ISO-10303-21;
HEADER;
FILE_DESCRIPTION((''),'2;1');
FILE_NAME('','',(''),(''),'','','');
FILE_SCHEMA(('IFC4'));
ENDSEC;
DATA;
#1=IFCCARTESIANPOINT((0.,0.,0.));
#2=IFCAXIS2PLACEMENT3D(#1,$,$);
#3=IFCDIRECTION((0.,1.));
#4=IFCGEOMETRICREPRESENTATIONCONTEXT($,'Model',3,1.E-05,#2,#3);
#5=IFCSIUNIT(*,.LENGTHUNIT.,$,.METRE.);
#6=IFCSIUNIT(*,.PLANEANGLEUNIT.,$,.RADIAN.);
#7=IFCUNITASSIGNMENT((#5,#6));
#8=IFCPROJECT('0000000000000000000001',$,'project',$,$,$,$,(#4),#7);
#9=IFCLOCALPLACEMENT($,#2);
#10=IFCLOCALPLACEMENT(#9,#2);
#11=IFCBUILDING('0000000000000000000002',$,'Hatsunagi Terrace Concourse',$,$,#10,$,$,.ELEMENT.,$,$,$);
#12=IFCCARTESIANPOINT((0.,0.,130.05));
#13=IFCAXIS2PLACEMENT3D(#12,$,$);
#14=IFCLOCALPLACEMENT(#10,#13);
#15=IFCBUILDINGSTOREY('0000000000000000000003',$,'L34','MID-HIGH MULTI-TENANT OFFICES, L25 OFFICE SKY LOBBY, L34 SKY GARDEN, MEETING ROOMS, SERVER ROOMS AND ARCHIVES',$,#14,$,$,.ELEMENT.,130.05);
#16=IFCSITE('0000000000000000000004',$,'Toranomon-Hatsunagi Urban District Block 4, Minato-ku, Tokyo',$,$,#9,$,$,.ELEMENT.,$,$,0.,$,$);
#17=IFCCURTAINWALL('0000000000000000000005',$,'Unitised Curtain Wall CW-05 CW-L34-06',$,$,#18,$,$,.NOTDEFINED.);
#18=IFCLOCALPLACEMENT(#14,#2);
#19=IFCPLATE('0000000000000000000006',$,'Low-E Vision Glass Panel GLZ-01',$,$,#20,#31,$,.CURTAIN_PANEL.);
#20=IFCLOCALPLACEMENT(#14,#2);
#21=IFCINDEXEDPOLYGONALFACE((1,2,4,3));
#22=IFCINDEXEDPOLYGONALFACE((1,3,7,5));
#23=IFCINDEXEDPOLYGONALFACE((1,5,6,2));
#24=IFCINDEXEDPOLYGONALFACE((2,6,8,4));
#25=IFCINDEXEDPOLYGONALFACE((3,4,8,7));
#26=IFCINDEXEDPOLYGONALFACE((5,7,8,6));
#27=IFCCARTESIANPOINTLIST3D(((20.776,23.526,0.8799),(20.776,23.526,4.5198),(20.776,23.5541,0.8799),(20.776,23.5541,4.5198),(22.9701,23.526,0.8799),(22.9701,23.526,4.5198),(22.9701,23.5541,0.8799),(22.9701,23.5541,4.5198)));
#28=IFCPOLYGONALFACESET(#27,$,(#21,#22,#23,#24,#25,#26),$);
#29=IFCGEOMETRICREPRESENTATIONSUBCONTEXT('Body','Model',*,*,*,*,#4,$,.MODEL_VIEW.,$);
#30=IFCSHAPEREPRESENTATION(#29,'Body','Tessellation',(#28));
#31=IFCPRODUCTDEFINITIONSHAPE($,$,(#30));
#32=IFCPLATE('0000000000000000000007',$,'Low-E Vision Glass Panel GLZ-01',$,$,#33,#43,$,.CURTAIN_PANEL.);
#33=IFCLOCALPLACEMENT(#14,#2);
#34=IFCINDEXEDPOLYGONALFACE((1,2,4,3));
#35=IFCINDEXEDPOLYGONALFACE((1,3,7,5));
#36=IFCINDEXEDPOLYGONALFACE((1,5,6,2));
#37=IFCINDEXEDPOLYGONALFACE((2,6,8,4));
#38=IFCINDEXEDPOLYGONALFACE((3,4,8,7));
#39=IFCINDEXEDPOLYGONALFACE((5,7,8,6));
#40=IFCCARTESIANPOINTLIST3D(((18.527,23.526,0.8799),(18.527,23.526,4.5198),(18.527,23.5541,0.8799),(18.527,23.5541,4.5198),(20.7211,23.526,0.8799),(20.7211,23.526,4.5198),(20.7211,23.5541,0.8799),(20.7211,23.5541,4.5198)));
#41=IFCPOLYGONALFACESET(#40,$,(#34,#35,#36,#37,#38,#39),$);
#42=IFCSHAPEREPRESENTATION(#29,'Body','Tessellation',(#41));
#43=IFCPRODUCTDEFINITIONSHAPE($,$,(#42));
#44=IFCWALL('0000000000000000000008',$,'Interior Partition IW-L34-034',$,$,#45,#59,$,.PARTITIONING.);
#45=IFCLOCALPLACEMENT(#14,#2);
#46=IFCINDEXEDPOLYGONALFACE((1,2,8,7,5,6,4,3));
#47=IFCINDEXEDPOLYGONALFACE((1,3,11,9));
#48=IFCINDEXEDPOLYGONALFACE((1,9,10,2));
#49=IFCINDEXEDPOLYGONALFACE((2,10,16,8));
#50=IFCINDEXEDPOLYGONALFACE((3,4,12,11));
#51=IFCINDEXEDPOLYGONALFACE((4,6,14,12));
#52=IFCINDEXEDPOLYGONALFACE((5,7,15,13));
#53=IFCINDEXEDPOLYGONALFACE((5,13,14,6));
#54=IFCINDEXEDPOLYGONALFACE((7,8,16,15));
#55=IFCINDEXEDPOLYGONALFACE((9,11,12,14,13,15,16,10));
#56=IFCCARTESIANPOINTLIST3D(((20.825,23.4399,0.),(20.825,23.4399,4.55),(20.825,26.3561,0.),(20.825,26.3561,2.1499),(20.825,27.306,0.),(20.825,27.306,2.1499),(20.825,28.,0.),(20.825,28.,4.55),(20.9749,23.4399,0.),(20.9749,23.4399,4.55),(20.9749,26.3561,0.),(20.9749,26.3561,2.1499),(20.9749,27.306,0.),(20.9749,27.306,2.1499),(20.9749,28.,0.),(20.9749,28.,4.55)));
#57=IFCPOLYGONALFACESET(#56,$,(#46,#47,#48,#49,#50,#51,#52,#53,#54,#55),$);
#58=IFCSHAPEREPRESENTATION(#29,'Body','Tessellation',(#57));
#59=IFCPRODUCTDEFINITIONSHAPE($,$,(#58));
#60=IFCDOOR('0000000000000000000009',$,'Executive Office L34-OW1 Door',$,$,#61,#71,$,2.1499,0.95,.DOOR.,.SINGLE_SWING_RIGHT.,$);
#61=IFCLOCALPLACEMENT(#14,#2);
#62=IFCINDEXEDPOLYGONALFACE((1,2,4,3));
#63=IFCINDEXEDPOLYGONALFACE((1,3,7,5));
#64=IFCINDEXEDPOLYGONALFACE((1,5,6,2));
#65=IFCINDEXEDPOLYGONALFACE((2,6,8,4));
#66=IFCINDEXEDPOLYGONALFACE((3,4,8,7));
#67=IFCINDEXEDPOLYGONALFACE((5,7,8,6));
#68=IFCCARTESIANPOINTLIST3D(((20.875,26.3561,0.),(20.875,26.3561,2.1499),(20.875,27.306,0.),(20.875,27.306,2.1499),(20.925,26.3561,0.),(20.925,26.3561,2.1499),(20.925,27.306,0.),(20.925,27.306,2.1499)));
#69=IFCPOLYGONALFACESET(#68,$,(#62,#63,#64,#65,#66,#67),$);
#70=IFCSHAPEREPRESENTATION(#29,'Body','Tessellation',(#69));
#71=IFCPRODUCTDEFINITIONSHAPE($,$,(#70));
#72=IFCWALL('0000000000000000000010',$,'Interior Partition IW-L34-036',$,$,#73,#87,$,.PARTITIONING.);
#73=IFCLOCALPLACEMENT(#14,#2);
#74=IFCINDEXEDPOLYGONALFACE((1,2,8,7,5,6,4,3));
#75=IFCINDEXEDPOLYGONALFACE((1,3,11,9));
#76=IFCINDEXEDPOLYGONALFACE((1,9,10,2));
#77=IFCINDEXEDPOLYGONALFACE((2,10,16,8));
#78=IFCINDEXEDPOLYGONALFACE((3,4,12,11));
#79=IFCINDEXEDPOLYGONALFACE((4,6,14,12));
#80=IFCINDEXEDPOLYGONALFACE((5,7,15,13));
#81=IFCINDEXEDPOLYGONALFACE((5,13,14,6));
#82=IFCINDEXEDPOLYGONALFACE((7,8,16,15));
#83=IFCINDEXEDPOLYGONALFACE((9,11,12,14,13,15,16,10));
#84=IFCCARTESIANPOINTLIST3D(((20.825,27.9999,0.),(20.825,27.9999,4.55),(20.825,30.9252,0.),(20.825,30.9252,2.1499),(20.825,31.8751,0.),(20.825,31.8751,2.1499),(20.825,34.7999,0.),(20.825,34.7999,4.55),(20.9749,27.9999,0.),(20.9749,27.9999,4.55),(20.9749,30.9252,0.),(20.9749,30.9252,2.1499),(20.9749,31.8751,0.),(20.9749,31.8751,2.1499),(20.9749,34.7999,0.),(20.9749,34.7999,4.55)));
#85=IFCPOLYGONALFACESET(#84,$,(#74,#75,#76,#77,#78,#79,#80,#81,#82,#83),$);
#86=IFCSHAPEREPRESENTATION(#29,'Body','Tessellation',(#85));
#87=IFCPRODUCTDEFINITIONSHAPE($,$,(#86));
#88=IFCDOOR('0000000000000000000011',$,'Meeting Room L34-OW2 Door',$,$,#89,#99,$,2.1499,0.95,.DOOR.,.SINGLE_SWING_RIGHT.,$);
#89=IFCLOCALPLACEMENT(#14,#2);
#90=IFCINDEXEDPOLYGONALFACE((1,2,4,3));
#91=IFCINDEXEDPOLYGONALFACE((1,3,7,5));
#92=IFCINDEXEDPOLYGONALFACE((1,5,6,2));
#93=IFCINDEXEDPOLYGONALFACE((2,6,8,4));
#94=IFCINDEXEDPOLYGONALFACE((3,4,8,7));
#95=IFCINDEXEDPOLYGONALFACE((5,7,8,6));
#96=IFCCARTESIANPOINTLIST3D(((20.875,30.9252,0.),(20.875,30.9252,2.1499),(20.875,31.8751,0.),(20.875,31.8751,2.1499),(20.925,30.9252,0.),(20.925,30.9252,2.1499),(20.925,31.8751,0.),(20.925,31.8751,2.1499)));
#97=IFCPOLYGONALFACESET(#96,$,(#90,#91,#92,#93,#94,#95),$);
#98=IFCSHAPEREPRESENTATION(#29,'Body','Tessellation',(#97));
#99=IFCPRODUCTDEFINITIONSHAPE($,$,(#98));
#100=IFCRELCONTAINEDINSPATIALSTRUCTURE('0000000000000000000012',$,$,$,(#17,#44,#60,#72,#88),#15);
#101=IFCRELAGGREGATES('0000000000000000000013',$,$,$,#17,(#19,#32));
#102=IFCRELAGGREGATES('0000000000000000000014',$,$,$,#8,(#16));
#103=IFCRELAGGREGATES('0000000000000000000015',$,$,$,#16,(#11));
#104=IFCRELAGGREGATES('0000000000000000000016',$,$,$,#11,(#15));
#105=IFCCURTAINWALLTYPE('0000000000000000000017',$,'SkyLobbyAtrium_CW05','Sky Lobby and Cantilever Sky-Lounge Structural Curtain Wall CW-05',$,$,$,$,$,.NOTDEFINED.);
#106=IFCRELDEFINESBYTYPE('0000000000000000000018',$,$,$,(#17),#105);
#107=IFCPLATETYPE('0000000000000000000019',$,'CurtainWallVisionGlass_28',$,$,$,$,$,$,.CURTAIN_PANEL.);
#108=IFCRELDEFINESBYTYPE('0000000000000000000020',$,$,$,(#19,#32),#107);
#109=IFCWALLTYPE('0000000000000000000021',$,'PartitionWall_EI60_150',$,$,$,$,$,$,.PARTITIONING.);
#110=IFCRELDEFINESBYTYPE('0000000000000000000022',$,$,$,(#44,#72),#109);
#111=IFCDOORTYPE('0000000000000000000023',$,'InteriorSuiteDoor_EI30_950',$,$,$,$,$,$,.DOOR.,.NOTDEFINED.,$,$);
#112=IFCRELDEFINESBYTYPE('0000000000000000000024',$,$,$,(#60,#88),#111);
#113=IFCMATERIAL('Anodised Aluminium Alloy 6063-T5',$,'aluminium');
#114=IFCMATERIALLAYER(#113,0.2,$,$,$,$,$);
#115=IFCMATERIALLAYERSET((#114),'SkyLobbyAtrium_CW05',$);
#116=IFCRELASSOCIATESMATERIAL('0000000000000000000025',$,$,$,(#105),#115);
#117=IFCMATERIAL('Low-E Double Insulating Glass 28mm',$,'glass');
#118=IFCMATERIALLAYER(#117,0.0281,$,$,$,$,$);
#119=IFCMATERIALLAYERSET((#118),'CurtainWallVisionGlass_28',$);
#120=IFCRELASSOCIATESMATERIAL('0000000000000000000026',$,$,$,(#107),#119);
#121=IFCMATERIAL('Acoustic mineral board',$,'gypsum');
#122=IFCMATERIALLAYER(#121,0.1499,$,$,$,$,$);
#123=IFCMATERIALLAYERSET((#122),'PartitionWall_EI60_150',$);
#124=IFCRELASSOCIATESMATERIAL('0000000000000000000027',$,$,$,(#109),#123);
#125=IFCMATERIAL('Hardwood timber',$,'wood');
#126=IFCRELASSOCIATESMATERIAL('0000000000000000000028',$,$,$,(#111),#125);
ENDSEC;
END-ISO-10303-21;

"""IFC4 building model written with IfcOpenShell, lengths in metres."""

from ifc_helpers import new_model, si_unit, direction, frame, frame_2d, origin, origin_2d, place, context, subcontext, project, spatial, rectangle, extrude, material, layer, layer_set, type_object, element, fill, aggregate, save


model = new_model("IFC4")

# Units and contexts
model_context = context("Model", 3, precision=1e-05, world=origin(), true_north=direction((0.0, 1.0)))
body_context = subcontext(model_context, "Body", "Model", "MODEL_VIEW")
ifc_project = project(units=[si_unit("LENGTHUNIT", "METRE"), si_unit("PLANEANGLEUNIT", "RADIAN")], contexts=[model_context])

# Site, building, storey
site_placement = place(None, origin())
site = spatial("IfcSite", under=ifc_project, at=site_placement, Name="Toranomon-Hatsunagi Urban District Block 4, Minato-ku, Tokyo", CompositionType="ELEMENT", RefElevation=0.0)
building_placement = place(site_placement, origin())
building = spatial("IfcBuilding", under=site, at=building_placement, Name="Hatsunagi Terrace Concourse", CompositionType="ELEMENT")
storey_placement = place(building_placement, frame((0.0, 0.0, 130.05)))
storey = spatial("IfcBuildingStorey", under=building, at=storey_placement, Name="L34", Description="MID-HIGH MULTI-TENANT OFFICES, L25 OFFICE SKY LOBBY, L34 SKY GARDEN, MEETING ROOMS, SERVER ROOMS AND ARCHIVES", CompositionType="ELEMENT", Elevation=130.05)

# Shared definitions
ifc_material_1 = material(Name="Anodised Aluminium Alloy 6063-T5", Category="aluminium")
ifc_layer_1 = layer(ifc_material_1, 0.2)
ifc_layer_set_1 = layer_set([ifc_layer_1], Name="SkyLobbyAtrium_CW05")
curtain_wall_type = type_object("IfcCurtainWallType", Name="SkyLobbyAtrium_CW05", Description="Sky Lobby and Cantilever Sky-Lounge Structural Curtain Wall CW-05", PredefinedType="NOTDEFINED", material=ifc_layer_set_1)

# Curtain wall
curtain_wall_1_placement = place(storey_placement, origin())
curtain_wall_1 = element("IfcCurtainWall", 1, at=curtain_wall_1_placement, inside=storey, type_object=curtain_wall_type, Name="Unitised Curtain Wall CW-05 CW-L34-06", PredefinedType="NOTDEFINED")

# Plates
ifc_material_2 = material(Name="Low-E Double Insulating Glass 28mm", Category="glass")
ifc_layer_2 = layer(ifc_material_2, 0.0281)
ifc_layer_set_2 = layer_set([ifc_layer_2], Name="CurtainWallVisionGlass_28")
plate_type_1 = type_object("IfcPlateType", Name="CurtainWallVisionGlass_28", PredefinedType="CURTAIN_PANEL", material=ifc_layer_set_2)
plate_1_placement = place(storey_placement, frame((21.873, 23.54, 0.8799), z_axis=(0.0, 0.0, 1.0), x_axis=(-1.0, 0.0, 0.0)))
plate_1 = element("IfcPlate", 2, at=plate_1_placement, type_object=plate_type_1, Name="Low-E Vision Glass Panel GLZ-01", PredefinedType="CURTAIN_PANEL", context=body_context, shape_type="SweptSolid", body=[
    extrude(rectangle(XDim=2.1941, YDim=0.0281, at=origin_2d()), origin(), (0.0, 0.0, 1.0), 3.6399),
])
plate_2_placement = place(storey_placement, frame((19.624, 23.54, 0.8799), z_axis=(0.0, 0.0, 1.0), x_axis=(-1.0, 0.0, 0.0)))
plate_2 = element("IfcPlate", 3, at=plate_2_placement, type_object=plate_type_1, Name="Low-E Vision Glass Panel GLZ-01", PredefinedType="CURTAIN_PANEL", context=body_context, shape_type="SweptSolid", body=[
    extrude(rectangle(XDim=2.1941, YDim=0.0281, at=origin_2d()), origin(), (0.0, 0.0, 1.0), 3.6399),
])
aggregate(curtain_wall_1, [plate_1, plate_2])

# Walls, openings, doors
ifc_material_3 = material(Name="Acoustic mineral board", Category="gypsum")
ifc_layer_3 = layer(ifc_material_3, 0.1499)
ifc_layer_set_3 = layer_set([ifc_layer_3], Name="PartitionWall_EI60_150")
wall_type = type_object("IfcWallType", Name="PartitionWall_EI60_150", PredefinedType="PARTITIONING", material=ifc_layer_set_3)
wall_1_placement = place(storey_placement, frame((20.8999, 23.4399, 0.0), z_axis=(0.0, 0.0, 1.0), x_axis=(0.0, 1.0, 0.0)))
wall_1 = element("IfcWall", 4, at=wall_1_placement, inside=storey, type_object=wall_type, Name="Interior Partition IW-L34-034", PredefinedType="PARTITIONING", context=body_context, shape_type="SweptSolid", body=[
    extrude(rectangle(XDim=4.5601, YDim=0.1499, at=frame_2d((2.28, 0.0))), origin(), (0.0, 0.0, 1.0), 4.55),
])
opening_1_placement = place(wall_1_placement, frame((2.916, 0.0, 0.0)))
opening_1 = element("IfcOpeningElement", 5, at=opening_1_placement, cuts=wall_1, PredefinedType="OPENING", context=body_context, shape_type="SweptSolid", body=[
    extrude(rectangle(XDim=0.95, YDim=2.1499, at=frame_2d((0.4751, 1.075))), frame((0.0, 0.085, 0.0), z_axis=(0.0, -1.0, 0.0), x_axis=(1.0, 0.0, 0.0)), (0.0, 0.0, 1.0), 0.1699),
])
ifc_material_4 = material(Name="Hardwood timber", Category="wood")
door_type = type_object("IfcDoorType", Name="InteriorSuiteDoor_EI30_950", OperationType="NOTDEFINED", PredefinedType="DOOR", material=ifc_material_4)
door_1_placement = place(opening_1_placement, origin())
door_1 = element("IfcDoor", 6, at=door_1_placement, inside=storey, type_object=door_type, Name="Executive Office L34-OW1 Door", OperationType="SINGLE_SWING_RIGHT", OverallHeight=2.1499, OverallWidth=0.95, PredefinedType="DOOR", context=body_context, shape_type="SweptSolid", body=[
    extrude(rectangle(XDim=0.95, YDim=2.1499, at=frame_2d((0.4751, 1.075))), frame((0.0, 0.0249, 0.0), z_axis=(0.0, -1.0, 0.0), x_axis=(1.0, 0.0, 0.0)), (0.0, 0.0, 1.0), 0.05),
])
fill(opening_1, door_1)
wall_2_placement = place(storey_placement, frame((20.8999, 28.0, 0.0), z_axis=(0.0, 0.0, 1.0), x_axis=(0.0, 1.0, 0.0)))
wall_2 = element("IfcWall", 7, at=wall_2_placement, inside=storey, type_object=wall_type, Name="Interior Partition IW-L34-036", PredefinedType="PARTITIONING", context=body_context, shape_type="SweptSolid", body=[
    extrude(rectangle(XDim=6.8, YDim=0.1499, at=frame_2d((3.3999, 0.0))), origin(), (0.0, 0.0, 1.0), 4.55),
])
opening_2_placement = place(wall_2_placement, frame((2.925, 0.0, 0.0)))
opening_2 = element("IfcOpeningElement", 8, at=opening_2_placement, cuts=wall_2, PredefinedType="OPENING", context=body_context, shape_type="SweptSolid", body=[
    extrude(rectangle(XDim=0.95, YDim=2.1499, at=frame_2d((0.4751, 1.075))), frame((0.0, 0.085, 0.0), z_axis=(0.0, -1.0, 0.0), x_axis=(1.0, 0.0, 0.0)), (0.0, 0.0, 1.0), 0.1699),
])
door_2_placement = place(opening_2_placement, origin())
door_2 = element("IfcDoor", 9, at=door_2_placement, inside=storey, type_object=door_type, Name="Meeting Room L34-OW2 Door", OperationType="SINGLE_SWING_RIGHT", OverallHeight=2.1499, OverallWidth=0.95, PredefinedType="DOOR", context=body_context, shape_type="SweptSolid", body=[
    extrude(rectangle(XDim=0.95, YDim=2.1499, at=frame_2d((0.4751, 1.075))), frame((0.0, 0.0249, 0.0), z_axis=(0.0, -1.0, 0.0), x_axis=(1.0, 0.0, 0.0)), (0.0, 0.0, 1.0), 0.05),
])
fill(opening_2, door_2)

save(model, "model.ifc")
